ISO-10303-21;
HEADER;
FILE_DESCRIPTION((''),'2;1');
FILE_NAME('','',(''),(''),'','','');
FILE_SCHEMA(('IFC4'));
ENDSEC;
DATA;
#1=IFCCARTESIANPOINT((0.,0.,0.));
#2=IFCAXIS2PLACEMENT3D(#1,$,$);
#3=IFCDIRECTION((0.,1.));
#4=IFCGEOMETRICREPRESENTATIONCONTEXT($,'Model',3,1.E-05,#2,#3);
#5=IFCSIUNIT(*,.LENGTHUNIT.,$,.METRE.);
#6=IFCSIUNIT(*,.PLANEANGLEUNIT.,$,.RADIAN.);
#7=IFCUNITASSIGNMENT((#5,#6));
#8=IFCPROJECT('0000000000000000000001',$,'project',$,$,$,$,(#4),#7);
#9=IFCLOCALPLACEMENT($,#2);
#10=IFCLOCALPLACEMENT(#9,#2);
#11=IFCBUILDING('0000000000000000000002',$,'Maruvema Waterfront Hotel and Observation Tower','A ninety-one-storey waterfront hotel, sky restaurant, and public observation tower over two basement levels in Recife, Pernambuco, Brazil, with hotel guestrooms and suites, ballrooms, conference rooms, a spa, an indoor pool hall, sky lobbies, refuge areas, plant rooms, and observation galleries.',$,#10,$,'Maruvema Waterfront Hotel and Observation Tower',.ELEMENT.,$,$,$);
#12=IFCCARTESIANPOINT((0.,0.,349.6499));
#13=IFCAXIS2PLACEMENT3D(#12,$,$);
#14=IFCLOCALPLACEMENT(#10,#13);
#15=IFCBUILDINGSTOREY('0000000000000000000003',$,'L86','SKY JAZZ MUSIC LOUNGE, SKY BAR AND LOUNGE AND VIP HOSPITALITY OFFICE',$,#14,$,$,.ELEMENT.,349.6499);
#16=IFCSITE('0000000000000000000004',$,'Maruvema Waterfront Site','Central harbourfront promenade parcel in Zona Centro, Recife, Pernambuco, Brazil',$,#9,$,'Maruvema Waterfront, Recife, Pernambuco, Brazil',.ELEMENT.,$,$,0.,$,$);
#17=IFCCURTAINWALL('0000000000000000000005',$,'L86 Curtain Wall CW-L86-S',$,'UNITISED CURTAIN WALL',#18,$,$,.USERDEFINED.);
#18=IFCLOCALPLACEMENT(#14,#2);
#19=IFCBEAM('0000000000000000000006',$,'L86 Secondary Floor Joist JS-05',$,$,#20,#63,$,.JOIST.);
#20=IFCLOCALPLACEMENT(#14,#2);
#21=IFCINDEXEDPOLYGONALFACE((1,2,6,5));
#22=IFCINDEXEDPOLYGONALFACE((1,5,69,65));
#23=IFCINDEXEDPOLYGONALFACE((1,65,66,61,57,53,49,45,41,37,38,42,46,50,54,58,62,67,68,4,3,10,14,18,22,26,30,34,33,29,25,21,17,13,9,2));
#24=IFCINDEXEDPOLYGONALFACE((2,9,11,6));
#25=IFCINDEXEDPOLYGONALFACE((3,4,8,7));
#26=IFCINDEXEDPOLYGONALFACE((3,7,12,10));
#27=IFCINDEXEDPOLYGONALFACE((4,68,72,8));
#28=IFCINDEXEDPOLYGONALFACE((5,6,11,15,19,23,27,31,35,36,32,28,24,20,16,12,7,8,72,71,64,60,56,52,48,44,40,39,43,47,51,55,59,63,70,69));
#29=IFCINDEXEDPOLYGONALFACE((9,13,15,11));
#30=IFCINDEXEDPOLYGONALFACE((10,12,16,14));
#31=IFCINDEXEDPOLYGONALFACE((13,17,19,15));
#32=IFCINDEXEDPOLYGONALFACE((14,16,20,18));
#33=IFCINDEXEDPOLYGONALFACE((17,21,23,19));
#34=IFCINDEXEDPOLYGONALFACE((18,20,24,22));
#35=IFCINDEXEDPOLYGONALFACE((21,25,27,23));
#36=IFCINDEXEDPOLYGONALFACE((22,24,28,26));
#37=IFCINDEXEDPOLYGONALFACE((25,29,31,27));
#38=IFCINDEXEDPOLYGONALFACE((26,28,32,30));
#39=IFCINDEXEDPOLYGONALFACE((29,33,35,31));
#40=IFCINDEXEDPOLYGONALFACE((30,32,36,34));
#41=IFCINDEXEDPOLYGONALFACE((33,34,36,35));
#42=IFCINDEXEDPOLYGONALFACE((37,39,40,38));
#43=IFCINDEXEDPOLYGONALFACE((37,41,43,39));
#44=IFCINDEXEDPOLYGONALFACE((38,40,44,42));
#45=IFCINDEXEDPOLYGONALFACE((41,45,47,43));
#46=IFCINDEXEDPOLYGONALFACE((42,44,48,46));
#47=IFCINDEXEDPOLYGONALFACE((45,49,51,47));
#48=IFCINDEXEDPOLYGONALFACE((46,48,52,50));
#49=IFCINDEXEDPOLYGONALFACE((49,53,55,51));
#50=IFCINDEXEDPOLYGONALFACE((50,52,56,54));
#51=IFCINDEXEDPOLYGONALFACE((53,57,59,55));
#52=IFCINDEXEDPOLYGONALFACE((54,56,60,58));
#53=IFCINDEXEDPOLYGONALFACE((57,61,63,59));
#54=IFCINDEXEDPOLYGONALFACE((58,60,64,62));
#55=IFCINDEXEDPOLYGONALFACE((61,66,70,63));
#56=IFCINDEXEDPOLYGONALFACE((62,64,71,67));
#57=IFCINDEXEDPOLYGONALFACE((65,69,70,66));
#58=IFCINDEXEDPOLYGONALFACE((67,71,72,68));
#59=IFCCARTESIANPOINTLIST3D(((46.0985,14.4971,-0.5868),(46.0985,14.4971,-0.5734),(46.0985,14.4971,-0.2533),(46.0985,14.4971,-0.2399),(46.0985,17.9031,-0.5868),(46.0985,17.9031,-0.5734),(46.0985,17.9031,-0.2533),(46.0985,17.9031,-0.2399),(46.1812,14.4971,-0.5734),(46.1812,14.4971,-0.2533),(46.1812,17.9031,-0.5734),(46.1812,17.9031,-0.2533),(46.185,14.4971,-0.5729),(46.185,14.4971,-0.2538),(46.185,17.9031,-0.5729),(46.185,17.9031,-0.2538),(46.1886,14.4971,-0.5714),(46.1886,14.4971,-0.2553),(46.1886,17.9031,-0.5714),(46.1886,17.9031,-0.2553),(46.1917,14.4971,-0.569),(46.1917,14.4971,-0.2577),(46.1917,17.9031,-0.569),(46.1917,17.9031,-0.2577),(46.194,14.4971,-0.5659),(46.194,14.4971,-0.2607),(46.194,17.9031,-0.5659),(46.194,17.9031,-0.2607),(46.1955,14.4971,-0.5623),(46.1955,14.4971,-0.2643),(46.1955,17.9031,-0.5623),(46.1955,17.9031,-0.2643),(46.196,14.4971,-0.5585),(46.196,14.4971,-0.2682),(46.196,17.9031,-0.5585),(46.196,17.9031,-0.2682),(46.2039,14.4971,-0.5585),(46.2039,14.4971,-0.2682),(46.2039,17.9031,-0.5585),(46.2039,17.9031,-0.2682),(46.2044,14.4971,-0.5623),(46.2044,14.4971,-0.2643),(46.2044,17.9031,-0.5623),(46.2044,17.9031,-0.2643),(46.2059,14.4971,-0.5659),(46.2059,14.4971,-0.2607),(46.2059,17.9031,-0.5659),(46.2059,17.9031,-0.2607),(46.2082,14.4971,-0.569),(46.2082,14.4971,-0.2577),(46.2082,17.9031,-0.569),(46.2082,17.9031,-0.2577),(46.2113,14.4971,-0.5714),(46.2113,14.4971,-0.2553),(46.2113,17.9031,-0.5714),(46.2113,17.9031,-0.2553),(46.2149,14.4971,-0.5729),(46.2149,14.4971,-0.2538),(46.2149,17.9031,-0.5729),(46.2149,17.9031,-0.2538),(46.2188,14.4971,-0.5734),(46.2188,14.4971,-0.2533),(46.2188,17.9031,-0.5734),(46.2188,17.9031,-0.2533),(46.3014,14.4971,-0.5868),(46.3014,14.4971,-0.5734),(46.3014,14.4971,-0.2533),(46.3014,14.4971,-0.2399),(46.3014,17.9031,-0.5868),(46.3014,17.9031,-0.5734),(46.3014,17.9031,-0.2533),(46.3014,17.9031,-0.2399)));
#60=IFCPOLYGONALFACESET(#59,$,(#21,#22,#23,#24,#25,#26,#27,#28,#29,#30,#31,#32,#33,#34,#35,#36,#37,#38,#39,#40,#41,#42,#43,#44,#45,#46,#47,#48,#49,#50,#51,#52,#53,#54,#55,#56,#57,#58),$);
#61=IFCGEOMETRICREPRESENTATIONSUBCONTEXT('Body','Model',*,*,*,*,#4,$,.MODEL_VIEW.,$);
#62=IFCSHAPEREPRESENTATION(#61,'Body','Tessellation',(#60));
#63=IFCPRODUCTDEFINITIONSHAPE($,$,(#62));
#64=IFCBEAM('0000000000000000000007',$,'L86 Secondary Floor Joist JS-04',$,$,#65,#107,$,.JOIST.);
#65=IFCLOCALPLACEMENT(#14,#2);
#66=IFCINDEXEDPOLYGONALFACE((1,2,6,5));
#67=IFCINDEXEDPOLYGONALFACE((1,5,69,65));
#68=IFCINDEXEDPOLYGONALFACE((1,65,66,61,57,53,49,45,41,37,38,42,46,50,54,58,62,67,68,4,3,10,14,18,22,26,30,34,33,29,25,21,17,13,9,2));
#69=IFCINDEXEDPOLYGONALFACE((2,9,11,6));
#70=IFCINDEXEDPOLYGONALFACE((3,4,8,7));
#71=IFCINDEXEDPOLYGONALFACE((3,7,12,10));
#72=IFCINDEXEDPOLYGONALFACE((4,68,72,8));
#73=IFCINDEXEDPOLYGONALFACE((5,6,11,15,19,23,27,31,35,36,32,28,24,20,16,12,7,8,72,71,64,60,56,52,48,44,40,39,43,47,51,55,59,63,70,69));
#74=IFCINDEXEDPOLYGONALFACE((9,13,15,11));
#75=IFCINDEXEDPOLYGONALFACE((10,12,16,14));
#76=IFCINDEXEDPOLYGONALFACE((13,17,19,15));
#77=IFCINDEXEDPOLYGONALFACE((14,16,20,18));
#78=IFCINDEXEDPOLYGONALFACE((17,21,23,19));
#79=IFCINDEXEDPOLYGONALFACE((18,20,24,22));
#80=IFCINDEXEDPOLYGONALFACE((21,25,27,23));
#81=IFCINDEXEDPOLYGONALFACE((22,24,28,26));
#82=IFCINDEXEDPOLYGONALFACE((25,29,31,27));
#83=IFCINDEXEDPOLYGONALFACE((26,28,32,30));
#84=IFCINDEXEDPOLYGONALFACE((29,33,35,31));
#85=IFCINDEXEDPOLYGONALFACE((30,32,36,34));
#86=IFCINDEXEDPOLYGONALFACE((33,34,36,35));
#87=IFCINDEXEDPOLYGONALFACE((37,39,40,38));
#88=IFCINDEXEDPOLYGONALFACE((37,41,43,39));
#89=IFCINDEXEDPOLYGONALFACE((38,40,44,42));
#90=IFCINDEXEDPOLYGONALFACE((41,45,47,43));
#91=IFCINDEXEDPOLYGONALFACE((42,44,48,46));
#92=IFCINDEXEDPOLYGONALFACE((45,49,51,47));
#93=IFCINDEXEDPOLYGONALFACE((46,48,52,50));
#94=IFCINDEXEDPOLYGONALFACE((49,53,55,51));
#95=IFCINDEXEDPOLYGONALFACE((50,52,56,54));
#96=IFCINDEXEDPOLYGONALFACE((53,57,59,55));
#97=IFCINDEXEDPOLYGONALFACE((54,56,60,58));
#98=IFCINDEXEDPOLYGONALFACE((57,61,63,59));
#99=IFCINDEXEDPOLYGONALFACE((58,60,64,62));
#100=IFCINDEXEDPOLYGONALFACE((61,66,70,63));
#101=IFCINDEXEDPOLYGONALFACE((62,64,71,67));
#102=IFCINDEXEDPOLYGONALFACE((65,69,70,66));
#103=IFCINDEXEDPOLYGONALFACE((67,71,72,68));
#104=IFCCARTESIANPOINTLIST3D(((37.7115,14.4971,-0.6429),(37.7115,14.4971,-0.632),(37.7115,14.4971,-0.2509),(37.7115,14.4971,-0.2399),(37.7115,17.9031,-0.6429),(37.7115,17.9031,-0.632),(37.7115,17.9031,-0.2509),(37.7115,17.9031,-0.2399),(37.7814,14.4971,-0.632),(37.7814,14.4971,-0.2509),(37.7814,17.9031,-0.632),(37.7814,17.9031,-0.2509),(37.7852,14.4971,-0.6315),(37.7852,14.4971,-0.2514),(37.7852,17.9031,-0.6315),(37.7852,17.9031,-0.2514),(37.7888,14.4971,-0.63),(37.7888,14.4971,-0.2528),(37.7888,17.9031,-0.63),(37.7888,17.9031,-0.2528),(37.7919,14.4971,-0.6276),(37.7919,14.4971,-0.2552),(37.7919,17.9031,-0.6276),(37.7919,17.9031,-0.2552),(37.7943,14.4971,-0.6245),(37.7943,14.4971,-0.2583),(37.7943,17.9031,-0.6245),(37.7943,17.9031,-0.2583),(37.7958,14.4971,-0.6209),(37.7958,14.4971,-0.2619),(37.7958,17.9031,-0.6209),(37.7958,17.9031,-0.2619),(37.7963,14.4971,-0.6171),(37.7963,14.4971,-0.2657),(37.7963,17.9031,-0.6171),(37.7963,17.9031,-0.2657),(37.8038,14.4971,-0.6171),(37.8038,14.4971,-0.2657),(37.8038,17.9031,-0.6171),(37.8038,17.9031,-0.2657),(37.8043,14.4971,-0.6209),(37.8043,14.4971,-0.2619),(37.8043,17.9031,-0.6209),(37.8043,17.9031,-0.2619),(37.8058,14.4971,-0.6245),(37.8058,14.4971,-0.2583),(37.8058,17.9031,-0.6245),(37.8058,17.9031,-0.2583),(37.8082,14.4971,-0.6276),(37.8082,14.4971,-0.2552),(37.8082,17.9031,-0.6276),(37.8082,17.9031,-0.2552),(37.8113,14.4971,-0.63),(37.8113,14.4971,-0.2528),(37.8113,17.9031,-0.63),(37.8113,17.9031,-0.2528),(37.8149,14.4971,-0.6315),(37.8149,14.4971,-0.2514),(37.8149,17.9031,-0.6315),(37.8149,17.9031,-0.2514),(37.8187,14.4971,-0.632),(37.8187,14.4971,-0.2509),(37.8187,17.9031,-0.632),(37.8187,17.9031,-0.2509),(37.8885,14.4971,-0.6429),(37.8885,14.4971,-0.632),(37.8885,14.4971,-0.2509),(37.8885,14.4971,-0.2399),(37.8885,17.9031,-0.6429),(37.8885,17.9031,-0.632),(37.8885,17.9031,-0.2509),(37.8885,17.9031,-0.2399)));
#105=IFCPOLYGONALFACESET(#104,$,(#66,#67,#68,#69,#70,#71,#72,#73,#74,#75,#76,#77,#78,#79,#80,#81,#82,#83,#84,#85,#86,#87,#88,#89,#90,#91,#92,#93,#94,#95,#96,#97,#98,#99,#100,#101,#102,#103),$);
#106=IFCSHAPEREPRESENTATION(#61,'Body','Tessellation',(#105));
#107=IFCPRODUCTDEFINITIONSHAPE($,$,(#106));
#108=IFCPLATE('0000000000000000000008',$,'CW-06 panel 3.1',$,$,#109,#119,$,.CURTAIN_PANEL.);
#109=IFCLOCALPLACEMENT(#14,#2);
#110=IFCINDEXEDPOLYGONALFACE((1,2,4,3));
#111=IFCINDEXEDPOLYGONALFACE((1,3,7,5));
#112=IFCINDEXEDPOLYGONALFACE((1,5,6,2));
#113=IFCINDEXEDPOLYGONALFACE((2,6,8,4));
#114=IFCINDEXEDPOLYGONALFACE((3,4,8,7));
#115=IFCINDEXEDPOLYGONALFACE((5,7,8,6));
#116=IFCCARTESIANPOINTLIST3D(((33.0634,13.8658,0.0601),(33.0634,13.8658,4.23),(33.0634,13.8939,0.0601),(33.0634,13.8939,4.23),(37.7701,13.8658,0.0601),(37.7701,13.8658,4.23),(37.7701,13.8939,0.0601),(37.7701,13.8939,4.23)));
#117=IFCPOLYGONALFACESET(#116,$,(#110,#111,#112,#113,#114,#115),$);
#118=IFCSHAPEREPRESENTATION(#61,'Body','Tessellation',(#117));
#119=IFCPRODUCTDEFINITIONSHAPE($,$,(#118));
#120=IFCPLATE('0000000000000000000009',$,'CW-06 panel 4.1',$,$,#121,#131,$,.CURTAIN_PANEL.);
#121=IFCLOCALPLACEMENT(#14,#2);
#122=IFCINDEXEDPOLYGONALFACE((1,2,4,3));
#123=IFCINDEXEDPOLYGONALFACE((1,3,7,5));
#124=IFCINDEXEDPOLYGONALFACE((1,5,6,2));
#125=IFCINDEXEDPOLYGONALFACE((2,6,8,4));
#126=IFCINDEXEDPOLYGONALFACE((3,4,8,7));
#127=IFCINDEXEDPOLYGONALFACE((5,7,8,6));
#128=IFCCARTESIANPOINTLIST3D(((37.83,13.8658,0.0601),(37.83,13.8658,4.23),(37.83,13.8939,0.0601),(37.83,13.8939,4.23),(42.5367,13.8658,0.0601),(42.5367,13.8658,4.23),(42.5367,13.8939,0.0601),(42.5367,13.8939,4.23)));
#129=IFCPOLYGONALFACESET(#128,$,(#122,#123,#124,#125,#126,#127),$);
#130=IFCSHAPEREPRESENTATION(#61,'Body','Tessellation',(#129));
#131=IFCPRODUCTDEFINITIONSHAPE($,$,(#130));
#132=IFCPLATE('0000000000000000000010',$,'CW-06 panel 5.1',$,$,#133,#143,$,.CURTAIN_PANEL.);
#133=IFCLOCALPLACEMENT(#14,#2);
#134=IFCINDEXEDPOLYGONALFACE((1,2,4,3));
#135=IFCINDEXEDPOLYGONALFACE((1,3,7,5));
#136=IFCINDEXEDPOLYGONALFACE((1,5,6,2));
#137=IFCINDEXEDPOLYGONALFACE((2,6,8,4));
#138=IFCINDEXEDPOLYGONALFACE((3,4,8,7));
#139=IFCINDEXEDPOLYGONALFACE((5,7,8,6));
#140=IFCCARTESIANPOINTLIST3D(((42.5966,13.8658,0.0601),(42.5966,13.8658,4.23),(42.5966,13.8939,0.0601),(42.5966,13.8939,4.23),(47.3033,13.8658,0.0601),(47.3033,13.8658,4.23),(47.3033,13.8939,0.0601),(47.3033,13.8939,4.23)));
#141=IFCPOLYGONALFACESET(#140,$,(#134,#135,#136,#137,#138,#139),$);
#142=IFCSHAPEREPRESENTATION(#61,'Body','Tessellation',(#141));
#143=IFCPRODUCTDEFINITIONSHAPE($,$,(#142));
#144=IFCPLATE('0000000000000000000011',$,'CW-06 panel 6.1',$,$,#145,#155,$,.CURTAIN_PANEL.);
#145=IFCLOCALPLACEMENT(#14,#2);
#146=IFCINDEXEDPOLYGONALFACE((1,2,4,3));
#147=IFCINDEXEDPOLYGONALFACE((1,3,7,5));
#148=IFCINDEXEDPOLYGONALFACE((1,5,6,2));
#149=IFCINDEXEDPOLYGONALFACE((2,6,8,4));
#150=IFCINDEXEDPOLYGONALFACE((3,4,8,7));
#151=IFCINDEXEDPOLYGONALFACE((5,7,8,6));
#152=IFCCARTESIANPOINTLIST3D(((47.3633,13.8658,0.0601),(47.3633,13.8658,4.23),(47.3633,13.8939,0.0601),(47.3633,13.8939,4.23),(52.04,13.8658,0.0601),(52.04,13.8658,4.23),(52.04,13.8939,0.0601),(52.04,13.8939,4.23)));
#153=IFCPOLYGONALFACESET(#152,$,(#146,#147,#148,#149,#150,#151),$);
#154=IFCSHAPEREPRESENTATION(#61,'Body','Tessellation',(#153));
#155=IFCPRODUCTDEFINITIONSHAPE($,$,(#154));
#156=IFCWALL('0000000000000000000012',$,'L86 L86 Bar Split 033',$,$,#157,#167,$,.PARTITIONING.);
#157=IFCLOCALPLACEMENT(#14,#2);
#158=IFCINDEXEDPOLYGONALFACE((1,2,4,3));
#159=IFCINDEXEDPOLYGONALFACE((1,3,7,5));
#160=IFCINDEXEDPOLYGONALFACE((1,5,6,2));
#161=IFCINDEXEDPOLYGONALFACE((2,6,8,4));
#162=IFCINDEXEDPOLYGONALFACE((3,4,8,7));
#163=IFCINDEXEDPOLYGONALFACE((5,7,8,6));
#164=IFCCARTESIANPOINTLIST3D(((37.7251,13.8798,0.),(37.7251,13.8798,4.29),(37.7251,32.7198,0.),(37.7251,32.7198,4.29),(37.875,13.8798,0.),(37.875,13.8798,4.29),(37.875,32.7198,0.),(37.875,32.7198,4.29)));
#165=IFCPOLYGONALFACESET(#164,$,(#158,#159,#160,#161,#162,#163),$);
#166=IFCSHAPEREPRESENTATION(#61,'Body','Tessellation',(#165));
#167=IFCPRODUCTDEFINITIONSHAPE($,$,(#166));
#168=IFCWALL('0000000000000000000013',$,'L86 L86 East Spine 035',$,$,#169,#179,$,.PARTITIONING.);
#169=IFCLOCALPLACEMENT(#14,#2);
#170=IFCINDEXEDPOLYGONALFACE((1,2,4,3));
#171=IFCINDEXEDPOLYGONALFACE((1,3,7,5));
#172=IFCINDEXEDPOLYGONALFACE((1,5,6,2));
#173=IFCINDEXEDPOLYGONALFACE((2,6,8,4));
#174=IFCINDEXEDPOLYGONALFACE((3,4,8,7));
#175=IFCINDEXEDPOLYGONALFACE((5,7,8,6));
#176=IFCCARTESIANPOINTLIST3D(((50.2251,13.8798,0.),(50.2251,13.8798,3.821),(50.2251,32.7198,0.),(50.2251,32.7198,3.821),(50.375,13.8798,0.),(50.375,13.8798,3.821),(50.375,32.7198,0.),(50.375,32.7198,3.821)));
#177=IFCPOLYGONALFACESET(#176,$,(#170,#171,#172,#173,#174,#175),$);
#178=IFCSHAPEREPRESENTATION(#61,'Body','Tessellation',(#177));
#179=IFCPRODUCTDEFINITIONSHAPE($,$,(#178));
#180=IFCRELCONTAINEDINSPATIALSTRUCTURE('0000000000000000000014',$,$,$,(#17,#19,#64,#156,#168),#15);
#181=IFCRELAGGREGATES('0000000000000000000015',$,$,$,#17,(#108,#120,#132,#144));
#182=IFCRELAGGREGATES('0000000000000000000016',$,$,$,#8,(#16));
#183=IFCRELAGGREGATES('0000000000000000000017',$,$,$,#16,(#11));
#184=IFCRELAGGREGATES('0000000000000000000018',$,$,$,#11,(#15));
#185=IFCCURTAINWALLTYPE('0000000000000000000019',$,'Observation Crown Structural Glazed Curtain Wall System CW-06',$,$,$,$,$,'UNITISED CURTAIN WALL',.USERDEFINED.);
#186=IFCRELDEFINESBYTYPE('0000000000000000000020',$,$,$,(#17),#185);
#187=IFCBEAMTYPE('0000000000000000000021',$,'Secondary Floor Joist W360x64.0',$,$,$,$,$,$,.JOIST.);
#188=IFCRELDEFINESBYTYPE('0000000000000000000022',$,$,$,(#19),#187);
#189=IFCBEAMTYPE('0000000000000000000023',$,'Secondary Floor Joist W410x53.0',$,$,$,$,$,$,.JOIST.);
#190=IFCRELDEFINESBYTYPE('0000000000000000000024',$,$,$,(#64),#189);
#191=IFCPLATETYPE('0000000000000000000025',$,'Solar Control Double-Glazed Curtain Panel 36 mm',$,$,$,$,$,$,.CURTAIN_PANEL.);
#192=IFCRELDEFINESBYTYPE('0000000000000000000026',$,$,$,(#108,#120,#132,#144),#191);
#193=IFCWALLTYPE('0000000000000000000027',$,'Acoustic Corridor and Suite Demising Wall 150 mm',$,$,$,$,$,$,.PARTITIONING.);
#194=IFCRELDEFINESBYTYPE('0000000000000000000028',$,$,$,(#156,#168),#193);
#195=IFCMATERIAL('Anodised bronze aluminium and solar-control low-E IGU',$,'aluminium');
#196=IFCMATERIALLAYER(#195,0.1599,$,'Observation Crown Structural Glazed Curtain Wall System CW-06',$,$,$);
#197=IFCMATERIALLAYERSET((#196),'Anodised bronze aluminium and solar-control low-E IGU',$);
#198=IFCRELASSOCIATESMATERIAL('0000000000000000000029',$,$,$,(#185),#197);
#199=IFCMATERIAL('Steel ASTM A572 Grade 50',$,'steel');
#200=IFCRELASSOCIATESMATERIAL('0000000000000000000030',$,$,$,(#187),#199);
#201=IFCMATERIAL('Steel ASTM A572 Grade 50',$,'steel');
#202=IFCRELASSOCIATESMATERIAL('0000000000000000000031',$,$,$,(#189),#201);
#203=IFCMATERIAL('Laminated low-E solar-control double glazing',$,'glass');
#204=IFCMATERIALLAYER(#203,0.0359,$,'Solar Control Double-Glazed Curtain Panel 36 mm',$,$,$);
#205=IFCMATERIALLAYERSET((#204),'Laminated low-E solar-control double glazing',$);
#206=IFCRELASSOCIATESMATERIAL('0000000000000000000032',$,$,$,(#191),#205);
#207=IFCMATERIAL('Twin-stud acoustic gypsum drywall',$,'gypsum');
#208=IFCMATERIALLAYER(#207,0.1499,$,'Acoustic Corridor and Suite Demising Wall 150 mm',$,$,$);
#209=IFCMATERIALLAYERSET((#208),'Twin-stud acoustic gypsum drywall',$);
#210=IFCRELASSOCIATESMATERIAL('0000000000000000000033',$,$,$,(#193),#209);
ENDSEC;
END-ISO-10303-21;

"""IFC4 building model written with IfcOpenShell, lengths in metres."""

from ifc_helpers import new_model, si_unit, direction, frame, frame_2d, origin, origin_2d, place, context, subcontext, project, spatial, rectangle, i_section, extrude, material, layer, layer_set, material_profile, profile_set, type_object, element, aggregate, save


model = new_model("IFC4")

# Units and contexts
model_context = context("Model", 3, precision=1e-05, world=origin(), true_north=direction((0.0, 1.0)))
body_context = subcontext(model_context, "Body", "Model", "MODEL_VIEW")
ifc_project = project(units=[si_unit("LENGTHUNIT", "METRE"), si_unit("PLANEANGLEUNIT", "RADIAN")], contexts=[model_context])

# Site, building, storey
site_placement = place(None, origin())
site = spatial("IfcSite", under=ifc_project, at=site_placement, Name="Maruvema Waterfront Site", Description="Central harbourfront promenade parcel in Zona Centro, Recife, Pernambuco, Brazil", LongName="Maruvema Waterfront, Recife, Pernambuco, Brazil", CompositionType="ELEMENT", RefElevation=0.0)
building_placement = place(site_placement, origin())
building = spatial("IfcBuilding", under=site, at=building_placement, Name="Maruvema Waterfront Hotel and Observation Tower", Description="A ninety-one-storey waterfront hotel, sky restaurant, and public observation tower over two basement levels in Recife, Pernambuco, Brazil, with hotel guestrooms and suites, ballrooms, conference rooms, a spa, an indoor pool hall, sky lobbies, refuge areas, plant rooms, and observation galleries.", LongName="Maruvema Waterfront Hotel and Observation Tower", CompositionType="ELEMENT")
storey_placement = place(building_placement, frame((0.0, 0.0, 349.6499)))
storey = spatial("IfcBuildingStorey", under=building, at=storey_placement, Name="L86", Description="SKY JAZZ MUSIC LOUNGE, SKY BAR AND LOUNGE AND VIP HOSPITALITY OFFICE", CompositionType="ELEMENT", Elevation=349.6499)

# Curtain wall
ifc_material_1 = material(Name="Anodised bronze aluminium and solar-control low-E IGU", Category="aluminium")
ifc_layer_1 = layer(ifc_material_1, 0.1599, Name="Observation Crown Structural Glazed Curtain Wall System CW-06")
ifc_layer_set_1 = layer_set([ifc_layer_1], Name="Anodised bronze aluminium and solar-control low-E IGU")
curtain_wall_type = type_object("IfcCurtainWallType", Name="Observation Crown Structural Glazed Curtain Wall System CW-06", ElementType="UNITISED CURTAIN WALL", PredefinedType="USERDEFINED", material=ifc_layer_set_1)
curtain_wall_placement = place(storey_placement, origin())
curtain_wall = element("IfcCurtainWall", 1, at=curtain_wall_placement, inside=storey, type_object=curtain_wall_type, Name="L86 Curtain Wall CW-L86-S", ObjectType="UNITISED CURTAIN WALL", PredefinedType="USERDEFINED")

# Beams
ifc_material_2 = material(Name="Steel ASTM A572 Grade 50", Category="steel")
ifc_material_profile_1 = material_profile(ifc_material_2, i_section(OverallWidth=0.2029, OverallDepth=0.3469, WebThickness=0.0078, FlangeThickness=0.0134, FilletRadius=0.0149, at=origin_2d()), Name="W360x64.0")
ifc_profile_set_1 = profile_set([ifc_material_profile_1], Name="Steel ASTM A572 Grade 50")
beam_type_1 = type_object("IfcBeamType", Name="Secondary Floor Joist W360x64.0", PredefinedType="JOIST", material=ifc_profile_set_1)
beam_1_placement = place(storey_placement, frame((46.2, 14.4971, -0.4133), z_axis=(0.0, 1.0, 0.0), x_axis=(-1.0, 0.0, 0.0)))
element("IfcBeam", 2, at=beam_1_placement, inside=storey, type_object=beam_type_1, Name="L86 Secondary Floor Joist JS-05", PredefinedType="JOIST", context=body_context, shape_type="SweptSolid", body=[
    extrude(i_section(OverallWidth=0.2029, OverallDepth=0.3469, WebThickness=0.0078, FlangeThickness=0.0134, FilletRadius=0.0149, at=origin_2d()), origin(), (0.0, 0.0, 1.0), 3.406),
])
ifc_material_3 = material(Name="Steel ASTM A572 Grade 50", Category="steel")
ifc_material_profile_2 = material_profile(ifc_material_3, i_section(OverallWidth=0.177, OverallDepth=0.4031, WebThickness=0.0076, FlangeThickness=0.011, FilletRadius=0.0149, at=origin_2d()), Name="W410x53.0")
ifc_profile_set_2 = profile_set([ifc_material_profile_2], Name="Steel ASTM A572 Grade 50")
beam_type_2 = type_object("IfcBeamType", Name="Secondary Floor Joist W410x53.0", PredefinedType="JOIST", material=ifc_profile_set_2)
beam_2_placement = place(storey_placement, frame((37.8, 14.4971, -0.4414), z_axis=(0.0, 1.0, 0.0), x_axis=(-1.0, 0.0, 0.0)))
element("IfcBeam", 3, at=beam_2_placement, inside=storey, type_object=beam_type_2, Name="L86 Secondary Floor Joist JS-04", PredefinedType="JOIST", context=body_context, shape_type="SweptSolid", body=[
    extrude(i_section(OverallWidth=0.177, OverallDepth=0.4031, WebThickness=0.0076, FlangeThickness=0.011, FilletRadius=0.0149, at=origin_2d()), origin(), (0.0, 0.0, 1.0), 3.406),
])

# Plates
ifc_material_4 = material(Name="Laminated low-E solar-control double glazing", Category="glass")
ifc_layer_2 = layer(ifc_material_4, 0.0359, Name="Solar Control Double-Glazed Curtain Panel 36 mm")
ifc_layer_set_2 = layer_set([ifc_layer_2], Name="Laminated low-E solar-control double glazing")
plate_type = type_object("IfcPlateType", Name="Solar Control Double-Glazed Curtain Panel 36 mm", PredefinedType="CURTAIN_PANEL", material=ifc_layer_set_2)
plate_1_placement = place(storey_placement, frame((35.4167, 13.8799, 0.0601), z_axis=(0.0, 0.0, 1.0), x_axis=(1.0, 0.0, 0.0)))
plate_1 = element("IfcPlate", 4, at=plate_1_placement, type_object=plate_type, Name="CW-06 panel 3.1", PredefinedType="CURTAIN_PANEL", context=body_context, shape_type="SweptSolid", body=[
    extrude(rectangle(XDim=4.7068, YDim=0.0281, at=origin_2d()), origin(), (0.0, 0.0, 1.0), 4.1699),
])
plate_2_placement = place(storey_placement, frame((40.1833, 13.8799, 0.0601), z_axis=(0.0, 0.0, 1.0), x_axis=(1.0, 0.0, 0.0)))
plate_2 = element("IfcPlate", 5, at=plate_2_placement, type_object=plate_type, Name="CW-06 panel 4.1", PredefinedType="CURTAIN_PANEL", context=body_context, shape_type="SweptSolid", body=[
    extrude(rectangle(XDim=4.7068, YDim=0.0281, at=origin_2d()), origin(), (0.0, 0.0, 1.0), 4.1699),
])
plate_3_placement = place(storey_placement, frame((44.95, 13.8799, 0.0601), z_axis=(0.0, 0.0, 1.0), x_axis=(1.0, 0.0, 0.0)))
plate_3 = element("IfcPlate", 6, at=plate_3_placement, type_object=plate_type, Name="CW-06 panel 5.1", PredefinedType="CURTAIN_PANEL", context=body_context, shape_type="SweptSolid", body=[
    extrude(rectangle(XDim=4.7068, YDim=0.0281, at=origin_2d()), origin(), (0.0, 0.0, 1.0), 4.1699),
])
plate_4_placement = place(storey_placement, frame((49.7017, 13.8799, 0.0601), z_axis=(0.0, 0.0, 1.0), x_axis=(1.0, 0.0, 0.0)))
plate_4 = element("IfcPlate", 7, at=plate_4_placement, type_object=plate_type, Name="CW-06 panel 6.1", PredefinedType="CURTAIN_PANEL", context=body_context, shape_type="SweptSolid", body=[
    extrude(rectangle(XDim=4.6768, YDim=0.0281, at=origin_2d()), origin(), (0.0, 0.0, 1.0), 4.1699),
])
aggregate(curtain_wall, [plate_1, plate_2, plate_3, plate_4])

# Walls
ifc_material_5 = material(Name="Twin-stud acoustic gypsum drywall", Category="gypsum")
ifc_layer_3 = layer(ifc_material_5, 0.1499, Name="Acoustic Corridor and Suite Demising Wall 150 mm")
ifc_layer_set_3 = layer_set([ifc_layer_3], Name="Twin-stud acoustic gypsum drywall")
wall_type = type_object("IfcWallType", Name="Acoustic Corridor and Suite Demising Wall 150 mm", PredefinedType="PARTITIONING", material=ifc_layer_set_3)
wall_1_placement = place(storey_placement, frame((37.8, 13.8799, 0.0), z_axis=(0.0, 0.0, 1.0), x_axis=(0.0, 1.0, 0.0)))
element("IfcWall", 8, at=wall_1_placement, inside=storey, type_object=wall_type, Name="L86 L86 Bar Split 033", PredefinedType="PARTITIONING", context=body_context, shape_type="SweptSolid", body=[
    extrude(rectangle(XDim=18.8401, YDim=0.1499, at=frame_2d((9.4199, 0.0))), origin(), (0.0, 0.0, 1.0), 4.29),
])
wall_2_placement = place(storey_placement, frame((50.3, 13.8799, 0.0), z_axis=(0.0, 0.0, 1.0), x_axis=(0.0, 1.0, 0.0)))
element("IfcWall", 9, at=wall_2_placement, inside=storey, type_object=wall_type, Name="L86 L86 East Spine 035", PredefinedType="PARTITIONING", context=body_context, shape_type="SweptSolid", body=[
    extrude(rectangle(XDim=18.8401, YDim=0.1499, at=frame_2d((9.4199, 0.0))), origin(), (0.0, 0.0, 1.0), 3.821),
])

save(model, "model.ifc")
